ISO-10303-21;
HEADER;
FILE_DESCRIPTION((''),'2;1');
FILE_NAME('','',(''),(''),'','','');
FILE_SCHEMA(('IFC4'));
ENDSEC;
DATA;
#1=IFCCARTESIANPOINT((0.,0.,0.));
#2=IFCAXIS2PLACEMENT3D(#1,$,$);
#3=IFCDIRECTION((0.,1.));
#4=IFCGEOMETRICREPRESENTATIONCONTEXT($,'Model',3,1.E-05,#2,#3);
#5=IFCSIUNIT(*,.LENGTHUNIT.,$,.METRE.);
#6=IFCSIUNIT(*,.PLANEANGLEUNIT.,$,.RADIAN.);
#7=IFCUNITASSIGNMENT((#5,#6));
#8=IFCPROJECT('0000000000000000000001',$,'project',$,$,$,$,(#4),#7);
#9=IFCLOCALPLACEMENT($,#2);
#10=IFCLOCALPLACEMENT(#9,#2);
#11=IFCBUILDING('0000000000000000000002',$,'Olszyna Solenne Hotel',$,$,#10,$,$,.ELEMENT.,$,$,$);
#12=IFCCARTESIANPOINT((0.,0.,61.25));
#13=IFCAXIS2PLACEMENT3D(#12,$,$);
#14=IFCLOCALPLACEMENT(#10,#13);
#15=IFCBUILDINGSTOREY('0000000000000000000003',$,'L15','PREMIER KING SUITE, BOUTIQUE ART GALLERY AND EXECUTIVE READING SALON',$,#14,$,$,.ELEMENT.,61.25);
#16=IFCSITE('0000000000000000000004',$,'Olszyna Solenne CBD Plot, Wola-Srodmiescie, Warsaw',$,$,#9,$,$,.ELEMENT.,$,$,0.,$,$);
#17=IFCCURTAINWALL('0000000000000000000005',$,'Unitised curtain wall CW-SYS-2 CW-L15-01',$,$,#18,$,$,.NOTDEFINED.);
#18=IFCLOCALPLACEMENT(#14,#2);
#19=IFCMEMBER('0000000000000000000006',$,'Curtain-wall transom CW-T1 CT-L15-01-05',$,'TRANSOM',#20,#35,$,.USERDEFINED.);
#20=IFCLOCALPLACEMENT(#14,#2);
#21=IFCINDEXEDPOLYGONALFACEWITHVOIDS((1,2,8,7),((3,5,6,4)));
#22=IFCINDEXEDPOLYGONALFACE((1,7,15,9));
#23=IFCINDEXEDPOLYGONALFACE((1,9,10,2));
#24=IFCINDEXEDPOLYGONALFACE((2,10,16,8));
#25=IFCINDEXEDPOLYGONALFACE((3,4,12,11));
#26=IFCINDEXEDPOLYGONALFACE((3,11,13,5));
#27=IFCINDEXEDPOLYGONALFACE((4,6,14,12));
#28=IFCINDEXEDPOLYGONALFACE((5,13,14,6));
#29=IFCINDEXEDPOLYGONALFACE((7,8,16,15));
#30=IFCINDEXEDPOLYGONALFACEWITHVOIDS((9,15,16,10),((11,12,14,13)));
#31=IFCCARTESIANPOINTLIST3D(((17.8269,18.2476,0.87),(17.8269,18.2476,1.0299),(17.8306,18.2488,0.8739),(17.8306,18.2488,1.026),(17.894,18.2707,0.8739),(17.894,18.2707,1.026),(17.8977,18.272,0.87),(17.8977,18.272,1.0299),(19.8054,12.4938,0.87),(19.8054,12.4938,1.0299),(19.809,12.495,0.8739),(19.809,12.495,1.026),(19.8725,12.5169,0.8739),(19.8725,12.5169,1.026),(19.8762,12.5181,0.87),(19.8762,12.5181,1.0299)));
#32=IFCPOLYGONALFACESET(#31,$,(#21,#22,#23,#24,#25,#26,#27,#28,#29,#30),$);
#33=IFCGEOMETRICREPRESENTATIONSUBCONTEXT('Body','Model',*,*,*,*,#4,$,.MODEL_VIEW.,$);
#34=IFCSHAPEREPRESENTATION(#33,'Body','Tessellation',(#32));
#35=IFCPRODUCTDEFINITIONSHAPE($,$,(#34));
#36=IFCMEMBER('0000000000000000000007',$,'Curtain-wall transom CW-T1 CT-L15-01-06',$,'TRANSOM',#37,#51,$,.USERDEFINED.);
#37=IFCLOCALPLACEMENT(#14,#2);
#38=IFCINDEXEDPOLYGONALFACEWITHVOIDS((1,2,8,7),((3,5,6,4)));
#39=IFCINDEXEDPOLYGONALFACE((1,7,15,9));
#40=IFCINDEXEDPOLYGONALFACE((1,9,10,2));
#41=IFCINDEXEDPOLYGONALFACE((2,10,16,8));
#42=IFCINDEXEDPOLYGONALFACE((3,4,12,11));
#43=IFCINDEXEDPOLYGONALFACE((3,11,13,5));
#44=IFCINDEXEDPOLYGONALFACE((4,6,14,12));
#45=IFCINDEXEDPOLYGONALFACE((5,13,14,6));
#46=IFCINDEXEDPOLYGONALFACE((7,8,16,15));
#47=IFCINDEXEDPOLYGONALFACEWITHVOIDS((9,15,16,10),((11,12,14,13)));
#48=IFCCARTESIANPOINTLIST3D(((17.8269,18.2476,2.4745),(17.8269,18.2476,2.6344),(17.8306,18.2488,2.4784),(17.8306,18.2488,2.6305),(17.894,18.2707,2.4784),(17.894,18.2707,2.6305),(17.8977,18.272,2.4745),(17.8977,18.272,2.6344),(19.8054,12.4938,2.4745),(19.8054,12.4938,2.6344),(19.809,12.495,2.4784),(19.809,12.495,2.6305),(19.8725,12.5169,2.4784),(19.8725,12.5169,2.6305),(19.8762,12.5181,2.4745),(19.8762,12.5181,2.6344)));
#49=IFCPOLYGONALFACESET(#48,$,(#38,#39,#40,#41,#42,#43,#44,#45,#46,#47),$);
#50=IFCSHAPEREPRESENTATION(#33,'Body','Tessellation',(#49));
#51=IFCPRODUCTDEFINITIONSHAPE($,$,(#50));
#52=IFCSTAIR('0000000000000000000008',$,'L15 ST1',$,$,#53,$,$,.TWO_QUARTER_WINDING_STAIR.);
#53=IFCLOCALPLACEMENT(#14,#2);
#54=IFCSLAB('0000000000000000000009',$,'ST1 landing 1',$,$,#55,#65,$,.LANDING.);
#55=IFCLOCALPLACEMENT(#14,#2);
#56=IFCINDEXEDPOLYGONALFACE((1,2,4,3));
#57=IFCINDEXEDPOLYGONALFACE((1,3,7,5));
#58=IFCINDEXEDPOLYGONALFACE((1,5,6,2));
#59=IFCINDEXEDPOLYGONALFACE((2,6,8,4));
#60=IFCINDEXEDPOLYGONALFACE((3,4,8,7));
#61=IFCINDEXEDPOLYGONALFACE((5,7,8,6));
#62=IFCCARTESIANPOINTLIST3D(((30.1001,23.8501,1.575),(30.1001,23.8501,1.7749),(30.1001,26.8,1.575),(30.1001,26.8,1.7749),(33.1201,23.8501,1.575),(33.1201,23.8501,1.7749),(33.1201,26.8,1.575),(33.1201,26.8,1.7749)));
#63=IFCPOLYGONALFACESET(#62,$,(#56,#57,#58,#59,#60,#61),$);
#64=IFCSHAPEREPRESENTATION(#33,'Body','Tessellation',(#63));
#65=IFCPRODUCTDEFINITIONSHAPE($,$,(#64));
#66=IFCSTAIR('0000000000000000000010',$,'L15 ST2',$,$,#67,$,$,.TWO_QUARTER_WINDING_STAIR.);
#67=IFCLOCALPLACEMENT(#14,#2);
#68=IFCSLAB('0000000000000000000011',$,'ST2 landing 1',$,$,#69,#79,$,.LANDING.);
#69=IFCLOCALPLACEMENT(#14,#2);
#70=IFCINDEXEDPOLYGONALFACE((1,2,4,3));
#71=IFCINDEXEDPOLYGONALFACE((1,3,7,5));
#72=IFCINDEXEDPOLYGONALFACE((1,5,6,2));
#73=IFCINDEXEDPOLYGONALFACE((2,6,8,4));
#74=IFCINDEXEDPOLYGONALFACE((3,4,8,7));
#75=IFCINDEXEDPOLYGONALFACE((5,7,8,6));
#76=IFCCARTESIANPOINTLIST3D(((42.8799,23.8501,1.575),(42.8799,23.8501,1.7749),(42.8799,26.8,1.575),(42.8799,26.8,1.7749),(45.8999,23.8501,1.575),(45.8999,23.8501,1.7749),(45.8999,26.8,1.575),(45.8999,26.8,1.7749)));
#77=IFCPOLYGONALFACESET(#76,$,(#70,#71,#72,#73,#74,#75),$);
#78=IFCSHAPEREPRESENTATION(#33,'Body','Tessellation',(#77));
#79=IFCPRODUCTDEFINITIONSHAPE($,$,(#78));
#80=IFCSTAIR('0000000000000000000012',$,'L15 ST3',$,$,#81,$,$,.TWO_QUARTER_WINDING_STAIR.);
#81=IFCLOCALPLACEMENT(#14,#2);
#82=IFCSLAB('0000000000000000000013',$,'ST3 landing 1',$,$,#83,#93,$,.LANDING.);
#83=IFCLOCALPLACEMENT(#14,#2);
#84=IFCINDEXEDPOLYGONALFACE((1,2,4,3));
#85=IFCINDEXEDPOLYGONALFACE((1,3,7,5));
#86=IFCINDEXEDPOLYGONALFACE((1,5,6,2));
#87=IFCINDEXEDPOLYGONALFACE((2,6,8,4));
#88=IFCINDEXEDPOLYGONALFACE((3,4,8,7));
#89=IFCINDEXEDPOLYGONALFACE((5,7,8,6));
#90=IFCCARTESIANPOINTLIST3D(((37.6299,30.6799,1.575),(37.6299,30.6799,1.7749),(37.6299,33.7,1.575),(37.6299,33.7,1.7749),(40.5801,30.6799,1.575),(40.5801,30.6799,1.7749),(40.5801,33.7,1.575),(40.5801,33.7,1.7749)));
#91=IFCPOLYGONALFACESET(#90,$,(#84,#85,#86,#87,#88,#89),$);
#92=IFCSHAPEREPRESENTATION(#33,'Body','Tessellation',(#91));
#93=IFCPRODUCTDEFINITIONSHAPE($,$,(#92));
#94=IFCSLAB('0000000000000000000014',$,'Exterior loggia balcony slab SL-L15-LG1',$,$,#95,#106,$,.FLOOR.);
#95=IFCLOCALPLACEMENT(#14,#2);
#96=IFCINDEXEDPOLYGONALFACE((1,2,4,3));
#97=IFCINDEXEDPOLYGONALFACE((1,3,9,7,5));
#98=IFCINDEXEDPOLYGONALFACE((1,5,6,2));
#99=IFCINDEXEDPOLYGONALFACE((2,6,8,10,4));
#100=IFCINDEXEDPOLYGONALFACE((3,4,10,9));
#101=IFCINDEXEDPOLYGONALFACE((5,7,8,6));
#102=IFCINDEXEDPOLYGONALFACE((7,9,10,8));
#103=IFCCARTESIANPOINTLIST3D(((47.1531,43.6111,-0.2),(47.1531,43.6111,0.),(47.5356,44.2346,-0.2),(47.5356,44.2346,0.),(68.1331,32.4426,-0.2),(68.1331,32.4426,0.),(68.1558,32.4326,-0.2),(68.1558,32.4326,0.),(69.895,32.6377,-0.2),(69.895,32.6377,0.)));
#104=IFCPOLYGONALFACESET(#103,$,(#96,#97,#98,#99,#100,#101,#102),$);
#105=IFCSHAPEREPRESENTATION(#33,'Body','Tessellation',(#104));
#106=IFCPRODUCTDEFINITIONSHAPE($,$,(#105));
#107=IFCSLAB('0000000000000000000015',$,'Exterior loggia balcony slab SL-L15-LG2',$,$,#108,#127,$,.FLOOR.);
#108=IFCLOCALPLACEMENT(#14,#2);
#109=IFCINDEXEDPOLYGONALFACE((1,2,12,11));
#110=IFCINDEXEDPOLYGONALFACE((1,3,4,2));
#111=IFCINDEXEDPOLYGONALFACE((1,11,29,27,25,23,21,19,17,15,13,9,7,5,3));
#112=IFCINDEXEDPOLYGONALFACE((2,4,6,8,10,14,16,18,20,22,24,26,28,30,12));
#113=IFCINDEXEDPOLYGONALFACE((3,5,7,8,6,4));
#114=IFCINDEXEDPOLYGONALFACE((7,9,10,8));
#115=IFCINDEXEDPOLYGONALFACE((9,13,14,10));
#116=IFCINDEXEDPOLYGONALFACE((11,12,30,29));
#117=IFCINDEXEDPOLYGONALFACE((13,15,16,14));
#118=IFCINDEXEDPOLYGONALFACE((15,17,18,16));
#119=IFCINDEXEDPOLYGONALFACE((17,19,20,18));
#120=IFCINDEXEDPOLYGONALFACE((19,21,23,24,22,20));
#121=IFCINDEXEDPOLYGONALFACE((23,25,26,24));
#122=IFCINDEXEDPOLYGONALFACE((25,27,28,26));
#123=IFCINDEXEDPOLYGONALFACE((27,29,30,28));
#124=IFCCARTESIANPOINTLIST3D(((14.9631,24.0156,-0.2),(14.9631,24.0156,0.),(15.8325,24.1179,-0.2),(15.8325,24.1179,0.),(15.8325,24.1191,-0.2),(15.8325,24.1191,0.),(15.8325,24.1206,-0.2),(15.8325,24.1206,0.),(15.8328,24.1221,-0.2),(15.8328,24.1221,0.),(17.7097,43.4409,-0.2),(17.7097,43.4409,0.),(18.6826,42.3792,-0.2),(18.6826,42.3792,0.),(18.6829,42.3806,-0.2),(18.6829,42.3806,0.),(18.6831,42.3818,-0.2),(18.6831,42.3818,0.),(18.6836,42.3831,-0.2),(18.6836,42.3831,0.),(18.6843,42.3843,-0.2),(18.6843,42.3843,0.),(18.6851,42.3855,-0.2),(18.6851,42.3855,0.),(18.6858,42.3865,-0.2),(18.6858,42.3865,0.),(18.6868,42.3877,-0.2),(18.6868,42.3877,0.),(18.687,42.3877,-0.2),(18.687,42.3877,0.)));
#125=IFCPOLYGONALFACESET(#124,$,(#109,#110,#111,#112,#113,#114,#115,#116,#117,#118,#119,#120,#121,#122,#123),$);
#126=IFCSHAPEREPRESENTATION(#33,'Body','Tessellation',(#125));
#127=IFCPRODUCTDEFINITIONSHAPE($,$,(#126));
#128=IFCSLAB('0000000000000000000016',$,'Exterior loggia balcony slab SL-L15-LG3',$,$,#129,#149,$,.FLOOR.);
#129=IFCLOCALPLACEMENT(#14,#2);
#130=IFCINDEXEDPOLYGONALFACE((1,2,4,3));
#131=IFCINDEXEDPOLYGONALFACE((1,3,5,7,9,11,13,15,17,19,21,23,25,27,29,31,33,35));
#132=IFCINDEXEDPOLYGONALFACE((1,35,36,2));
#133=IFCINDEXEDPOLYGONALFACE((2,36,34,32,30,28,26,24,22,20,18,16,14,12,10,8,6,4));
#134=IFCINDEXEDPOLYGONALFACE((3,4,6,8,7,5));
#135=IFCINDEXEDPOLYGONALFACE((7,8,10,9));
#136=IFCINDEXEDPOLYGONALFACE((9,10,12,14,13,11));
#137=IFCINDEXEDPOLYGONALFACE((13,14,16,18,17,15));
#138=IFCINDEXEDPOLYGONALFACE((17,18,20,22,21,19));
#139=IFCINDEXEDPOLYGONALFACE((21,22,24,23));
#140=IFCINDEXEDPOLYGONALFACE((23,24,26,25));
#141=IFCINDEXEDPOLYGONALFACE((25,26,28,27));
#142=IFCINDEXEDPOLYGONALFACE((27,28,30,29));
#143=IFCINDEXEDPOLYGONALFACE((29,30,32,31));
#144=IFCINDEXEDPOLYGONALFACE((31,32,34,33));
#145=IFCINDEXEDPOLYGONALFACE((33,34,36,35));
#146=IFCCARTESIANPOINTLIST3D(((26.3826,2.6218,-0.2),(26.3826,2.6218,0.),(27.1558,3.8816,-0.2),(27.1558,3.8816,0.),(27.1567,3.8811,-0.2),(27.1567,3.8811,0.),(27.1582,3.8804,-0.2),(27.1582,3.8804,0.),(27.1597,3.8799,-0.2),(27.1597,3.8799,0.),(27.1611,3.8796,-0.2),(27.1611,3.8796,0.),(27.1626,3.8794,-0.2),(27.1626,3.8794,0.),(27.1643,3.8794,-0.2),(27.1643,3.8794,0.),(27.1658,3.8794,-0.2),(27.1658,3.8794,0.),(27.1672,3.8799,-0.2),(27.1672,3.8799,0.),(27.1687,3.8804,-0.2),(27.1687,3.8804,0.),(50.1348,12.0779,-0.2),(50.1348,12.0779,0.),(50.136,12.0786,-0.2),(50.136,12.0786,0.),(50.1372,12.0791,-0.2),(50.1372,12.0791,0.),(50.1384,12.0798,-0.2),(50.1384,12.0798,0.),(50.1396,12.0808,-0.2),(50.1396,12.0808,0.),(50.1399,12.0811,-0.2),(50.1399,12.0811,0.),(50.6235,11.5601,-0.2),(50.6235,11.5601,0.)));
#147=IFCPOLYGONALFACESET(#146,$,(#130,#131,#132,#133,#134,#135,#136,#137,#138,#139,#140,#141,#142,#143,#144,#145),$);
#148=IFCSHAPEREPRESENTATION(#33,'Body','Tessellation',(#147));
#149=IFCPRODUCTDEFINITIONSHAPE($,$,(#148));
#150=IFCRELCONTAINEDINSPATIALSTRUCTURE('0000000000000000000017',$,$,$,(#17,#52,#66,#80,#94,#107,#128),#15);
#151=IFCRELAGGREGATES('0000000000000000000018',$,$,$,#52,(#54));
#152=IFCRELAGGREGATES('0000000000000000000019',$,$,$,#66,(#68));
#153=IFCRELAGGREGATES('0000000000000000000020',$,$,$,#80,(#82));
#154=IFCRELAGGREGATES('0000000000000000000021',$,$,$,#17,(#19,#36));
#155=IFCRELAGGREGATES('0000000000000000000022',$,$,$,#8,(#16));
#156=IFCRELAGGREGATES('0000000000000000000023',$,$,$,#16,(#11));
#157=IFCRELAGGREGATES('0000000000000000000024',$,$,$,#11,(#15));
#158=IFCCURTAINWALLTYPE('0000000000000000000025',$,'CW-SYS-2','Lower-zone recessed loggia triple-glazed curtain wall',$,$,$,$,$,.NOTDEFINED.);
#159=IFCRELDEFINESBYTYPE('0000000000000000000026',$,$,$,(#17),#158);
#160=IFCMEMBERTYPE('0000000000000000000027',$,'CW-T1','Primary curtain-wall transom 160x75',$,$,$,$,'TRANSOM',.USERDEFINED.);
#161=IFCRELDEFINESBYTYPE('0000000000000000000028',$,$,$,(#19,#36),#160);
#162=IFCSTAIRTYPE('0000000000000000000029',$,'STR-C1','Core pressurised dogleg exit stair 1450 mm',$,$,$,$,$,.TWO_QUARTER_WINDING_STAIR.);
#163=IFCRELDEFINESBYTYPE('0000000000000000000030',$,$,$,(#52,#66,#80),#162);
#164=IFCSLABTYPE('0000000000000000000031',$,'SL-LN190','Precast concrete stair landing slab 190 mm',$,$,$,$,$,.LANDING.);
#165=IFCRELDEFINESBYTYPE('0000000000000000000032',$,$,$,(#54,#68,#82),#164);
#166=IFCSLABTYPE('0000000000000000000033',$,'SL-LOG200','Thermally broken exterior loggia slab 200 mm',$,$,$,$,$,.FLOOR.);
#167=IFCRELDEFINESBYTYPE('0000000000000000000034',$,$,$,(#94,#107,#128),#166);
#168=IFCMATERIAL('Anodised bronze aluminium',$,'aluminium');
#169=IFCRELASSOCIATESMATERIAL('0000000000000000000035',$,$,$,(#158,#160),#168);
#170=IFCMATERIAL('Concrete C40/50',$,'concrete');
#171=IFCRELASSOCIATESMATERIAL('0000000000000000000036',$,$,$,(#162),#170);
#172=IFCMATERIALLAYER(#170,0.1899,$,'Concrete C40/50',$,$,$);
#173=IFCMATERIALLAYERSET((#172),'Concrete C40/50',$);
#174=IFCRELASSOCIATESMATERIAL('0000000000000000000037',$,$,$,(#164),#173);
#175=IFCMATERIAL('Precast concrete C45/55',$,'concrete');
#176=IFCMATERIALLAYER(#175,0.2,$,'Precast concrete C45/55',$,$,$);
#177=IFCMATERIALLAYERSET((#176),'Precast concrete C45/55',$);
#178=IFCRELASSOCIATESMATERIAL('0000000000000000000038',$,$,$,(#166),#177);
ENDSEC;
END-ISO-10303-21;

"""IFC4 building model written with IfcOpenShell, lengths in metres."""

from ifc_helpers import new_model, si_unit, direction, frame, origin, origin_2d, place, context, subcontext, project, spatial, polyline, hollow_rectangle, outline, extrude, source, transform, mapped, material, layer, layer_set, material_profile, profile_set, type_object, element, aggregate, save


model = new_model("IFC4")

# Units and contexts
model_context = context("Model", 3, precision=1e-05, world=origin(), true_north=direction((0.0, 1.0)))
body_context = subcontext(model_context, "Body", "Model", "MODEL_VIEW")
ifc_project = project(units=[si_unit("LENGTHUNIT", "METRE"), si_unit("PLANEANGLEUNIT", "RADIAN")], contexts=[model_context])

# Site, building, storey
site_placement = place(None, origin())
site = spatial("IfcSite", under=ifc_project, at=site_placement, Name="Olszyna Solenne CBD Plot, Wola-Srodmiescie, Warsaw", CompositionType="ELEMENT", RefElevation=0.0)
building_placement = place(site_placement, origin())
building = spatial("IfcBuilding", under=site, at=building_placement, Name="Olszyna Solenne Hotel", CompositionType="ELEMENT")
storey_placement = place(building_placement, frame((0.0, 0.0, 61.25)))
storey = spatial("IfcBuildingStorey", under=building, at=storey_placement, Name="L15", Description="PREMIER KING SUITE, BOUTIQUE ART GALLERY AND EXECUTIVE READING SALON", CompositionType="ELEMENT", Elevation=61.25)

# Curtain wall, members
ifc_material_1 = material(Name="Anodised bronze aluminium", Category="aluminium")
curtain_wall_type = type_object("IfcCurtainWallType", Name="CW-SYS-2", Description="Lower-zone recessed loggia triple-glazed curtain wall", PredefinedType="NOTDEFINED", material=ifc_material_1)
curtain_wall_placement = place(storey_placement, origin())
curtain_wall = element("IfcCurtainWall", 1, at=curtain_wall_placement, inside=storey, type_object=curtain_wall_type, Name="Unitised curtain wall CW-SYS-2 CW-L15-01", PredefinedType="NOTDEFINED")
ifc_material_profile_1 = material_profile(ifc_material_1, hollow_rectangle(XDim=0.075, YDim=0.1599, WallThickness=0.0039, at=origin_2d()), Name="TRAN 160x75x4", Category="load-bearing")
ifc_profile_set_1 = profile_set([ifc_material_profile_1], Name="Anodised bronze aluminium")
member_type_1 = type_object("IfcMemberType", Name="CW-T1", Description="Primary curtain-wall transom 160x75", ElementType="TRANSOM", PredefinedType="USERDEFINED", material=ifc_profile_set_1)
shared_shape_1 = source(origin(), body_context, "Body", "SweptSolid", [
    extrude(hollow_rectangle(XDim=0.075, YDim=0.1599, WallThickness=0.0039, at=origin_2d()), origin(), (0.0, 0.0, 1.0), 6.0845),
])
member_1_placement = place(storey_placement, frame((17.8623, 18.2598, 0.95), z_axis=(0.325169, -0.945656, 0.0), x_axis=(0.945656, 0.325169, 0.0)))
member_1 = element("IfcMember", 2, at=member_1_placement, type_object=member_type_1, Name="Curtain-wall transom CW-T1 CT-L15-01-05", ObjectType="TRANSOM", PredefinedType="USERDEFINED", context=body_context, shape_type="MappedRepresentation", body=[
    mapped(shared_shape_1, transform((0.0, 0.0, 0.0), x_axis=(1.0, 0.0, 0.0), y_axis=(0.0, 1.0, 0.0), z_axis=(0.0, 0.0, 1.0), scale=1.0)),
])
member_2_placement = place(storey_placement, frame((17.8623, 18.2598, 2.5544), z_axis=(0.325169, -0.945656, 0.0), x_axis=(0.945656, 0.325169, 0.0)))
member_2 = element("IfcMember", 3, at=member_2_placement, type_object=member_type_1, Name="Curtain-wall transom CW-T1 CT-L15-01-06", ObjectType="TRANSOM", PredefinedType="USERDEFINED", context=body_context, shape_type="MappedRepresentation", body=[
    mapped(shared_shape_1, transform((0.0, 0.0, 0.0), x_axis=(1.0, 0.0, 0.0), y_axis=(0.0, 1.0, 0.0), z_axis=(0.0, 0.0, 1.0), scale=1.0)),
])

# Stairs, slabs
ifc_material_2 = material(Name="Concrete C40/50", Category="concrete")
stair_type = type_object("IfcStairType", Name="STR-C1", Description="Core pressurised dogleg exit stair 1450 mm", PredefinedType="TWO_QUARTER_WINDING_STAIR", material=ifc_material_2)
stair_1_placement = place(storey_placement, origin())
stair_1 = element("IfcStair", 4, at=stair_1_placement, inside=storey, type_object=stair_type, Name="L15 ST1", PredefinedType="TWO_QUARTER_WINDING_STAIR")
ifc_layer_1 = layer(ifc_material_2, 0.1899, Name="Concrete C40/50")
ifc_layer_set_1 = layer_set([ifc_layer_1], Name="Concrete C40/50")
slab_type_1 = type_object("IfcSlabType", Name="SL-LN190", Description="Precast concrete stair landing slab 190 mm", PredefinedType="LANDING", material=ifc_layer_set_1)
slab_1_placement = place(storey_placement, frame((0.0, 0.0, 1.575)))
slab_1 = element("IfcSlab", 5, at=slab_1_placement, type_object=slab_type_1, Name="ST1 landing 1", PredefinedType="LANDING", context=body_context, shape_type="SweptSolid", body=[
    extrude(outline(polyline([(33.1201, 23.8501), (33.1201, 26.8), (30.1001, 26.8), (30.1001, 23.8501), (33.1201, 23.8501)])), origin(), (0.0, 0.0, 1.0), 0.2),
])
aggregate(stair_1, [slab_1])
stair_2_placement = place(storey_placement, origin())
stair_2 = element("IfcStair", 6, at=stair_2_placement, inside=storey, type_object=stair_type, Name="L15 ST2", PredefinedType="TWO_QUARTER_WINDING_STAIR")
slab_2_placement = place(storey_placement, frame((0.0, 0.0, 1.575)))
slab_2 = element("IfcSlab", 7, at=slab_2_placement, type_object=slab_type_1, Name="ST2 landing 1", PredefinedType="LANDING", context=body_context, shape_type="SweptSolid", body=[
    extrude(outline(polyline([(45.8999, 23.8501), (45.8999, 26.8), (42.8799, 26.8), (42.8799, 23.8501), (45.8999, 23.8501)])), origin(), (0.0, 0.0, 1.0), 0.2),
])
aggregate(stair_2, [slab_2])
stair_3_placement = place(storey_placement, origin())
stair_3 = element("IfcStair", 8, at=stair_3_placement, inside=storey, type_object=stair_type, Name="L15 ST3", PredefinedType="TWO_QUARTER_WINDING_STAIR")
slab_3_placement = place(storey_placement, frame((0.0, 0.0, 1.575)))
slab_3 = element("IfcSlab", 9, at=slab_3_placement, type_object=slab_type_1, Name="ST3 landing 1", PredefinedType="LANDING", context=body_context, shape_type="SweptSolid", body=[
    extrude(outline(polyline([(37.6299, 30.6799), (40.5801, 30.6799), (40.5801, 33.7), (37.6299, 33.7), (37.6299, 30.6799)])), origin(), (0.0, 0.0, 1.0), 0.2),
])
aggregate(stair_3, [slab_3])

# Slabs
ifc_material_3 = material(Name="Precast concrete C45/55", Category="concrete")
ifc_layer_2 = layer(ifc_material_3, 0.2, Name="Precast concrete C45/55")
ifc_layer_set_2 = layer_set([ifc_layer_2], Name="Precast concrete C45/55")
slab_type_2 = type_object("IfcSlabType", Name="SL-LOG200", Description="Thermally broken exterior loggia slab 200 mm", PredefinedType="FLOOR", material=ifc_layer_set_2)
slab_4_placement = place(storey_placement, frame((0.0, 0.0, -0.2)))
element("IfcSlab", 10, at=slab_4_placement, inside=storey, type_object=slab_type_2, Name="Exterior loggia balcony slab SL-L15-LG1", PredefinedType="FLOOR", context=body_context, shape_type="SweptSolid", body=[
    extrude(outline(polyline([(47.1531, 43.6111), (68.1331, 32.4426), (68.1558, 32.4326), (69.895, 32.6377), (47.5356, 44.2346), (47.1531, 43.6111)])), origin(), (0.0, 0.0, 1.0), 0.2),
])
slab_5_placement = place(storey_placement, frame((0.0, 0.0, -0.2)))
element("IfcSlab", 11, at=slab_5_placement, inside=storey, type_object=slab_type_2, Name="Exterior loggia balcony slab SL-L15-LG2", PredefinedType="FLOOR", context=body_context, shape_type="SweptSolid", body=[
    extrude(outline(polyline([(15.8325, 24.1179), (15.8325, 24.1191), (15.8325, 24.1206), (15.8328, 24.1221), (18.6826, 42.3792), (18.6829, 42.3806), (18.6831, 42.3818), (18.6836, 42.3831), (18.6843, 42.3843), (18.6851, 42.3855), (18.6858, 42.3865), (18.6868, 42.3877), (18.687, 42.3877), (17.7097, 43.4409), (14.9631, 24.0156), (15.8325, 24.1179)])), origin(), (0.0, 0.0, 1.0), 0.2),
])
slab_6_placement = place(storey_placement, frame((0.0, 0.0, -0.2)))
element("IfcSlab", 12, at=slab_6_placement, inside=storey, type_object=slab_type_2, Name="Exterior loggia balcony slab SL-L15-LG3", PredefinedType="FLOOR", context=body_context, shape_type="SweptSolid", body=[
    extrude(outline(polyline([(50.1399, 12.0811), (50.1396, 12.0808), (50.1384, 12.0798), (50.1372, 12.0791), (50.136, 12.0786), (50.1348, 12.0779), (27.1687, 3.8804), (27.1672, 3.8799), (27.1658, 3.8794), (27.1643, 3.8794), (27.1626, 3.8794), (27.1611, 3.8796), (27.1597, 3.8799), (27.1582, 3.8804), (27.1567, 3.8811), (27.1558, 3.8816), (26.3826, 2.6218), (50.6235, 11.5601), (50.1399, 12.0811)])), origin(), (0.0, 0.0, 1.0), 0.2),
])

aggregate(curtain_wall, [member_1, member_2])

save(model, "model.ifc")
